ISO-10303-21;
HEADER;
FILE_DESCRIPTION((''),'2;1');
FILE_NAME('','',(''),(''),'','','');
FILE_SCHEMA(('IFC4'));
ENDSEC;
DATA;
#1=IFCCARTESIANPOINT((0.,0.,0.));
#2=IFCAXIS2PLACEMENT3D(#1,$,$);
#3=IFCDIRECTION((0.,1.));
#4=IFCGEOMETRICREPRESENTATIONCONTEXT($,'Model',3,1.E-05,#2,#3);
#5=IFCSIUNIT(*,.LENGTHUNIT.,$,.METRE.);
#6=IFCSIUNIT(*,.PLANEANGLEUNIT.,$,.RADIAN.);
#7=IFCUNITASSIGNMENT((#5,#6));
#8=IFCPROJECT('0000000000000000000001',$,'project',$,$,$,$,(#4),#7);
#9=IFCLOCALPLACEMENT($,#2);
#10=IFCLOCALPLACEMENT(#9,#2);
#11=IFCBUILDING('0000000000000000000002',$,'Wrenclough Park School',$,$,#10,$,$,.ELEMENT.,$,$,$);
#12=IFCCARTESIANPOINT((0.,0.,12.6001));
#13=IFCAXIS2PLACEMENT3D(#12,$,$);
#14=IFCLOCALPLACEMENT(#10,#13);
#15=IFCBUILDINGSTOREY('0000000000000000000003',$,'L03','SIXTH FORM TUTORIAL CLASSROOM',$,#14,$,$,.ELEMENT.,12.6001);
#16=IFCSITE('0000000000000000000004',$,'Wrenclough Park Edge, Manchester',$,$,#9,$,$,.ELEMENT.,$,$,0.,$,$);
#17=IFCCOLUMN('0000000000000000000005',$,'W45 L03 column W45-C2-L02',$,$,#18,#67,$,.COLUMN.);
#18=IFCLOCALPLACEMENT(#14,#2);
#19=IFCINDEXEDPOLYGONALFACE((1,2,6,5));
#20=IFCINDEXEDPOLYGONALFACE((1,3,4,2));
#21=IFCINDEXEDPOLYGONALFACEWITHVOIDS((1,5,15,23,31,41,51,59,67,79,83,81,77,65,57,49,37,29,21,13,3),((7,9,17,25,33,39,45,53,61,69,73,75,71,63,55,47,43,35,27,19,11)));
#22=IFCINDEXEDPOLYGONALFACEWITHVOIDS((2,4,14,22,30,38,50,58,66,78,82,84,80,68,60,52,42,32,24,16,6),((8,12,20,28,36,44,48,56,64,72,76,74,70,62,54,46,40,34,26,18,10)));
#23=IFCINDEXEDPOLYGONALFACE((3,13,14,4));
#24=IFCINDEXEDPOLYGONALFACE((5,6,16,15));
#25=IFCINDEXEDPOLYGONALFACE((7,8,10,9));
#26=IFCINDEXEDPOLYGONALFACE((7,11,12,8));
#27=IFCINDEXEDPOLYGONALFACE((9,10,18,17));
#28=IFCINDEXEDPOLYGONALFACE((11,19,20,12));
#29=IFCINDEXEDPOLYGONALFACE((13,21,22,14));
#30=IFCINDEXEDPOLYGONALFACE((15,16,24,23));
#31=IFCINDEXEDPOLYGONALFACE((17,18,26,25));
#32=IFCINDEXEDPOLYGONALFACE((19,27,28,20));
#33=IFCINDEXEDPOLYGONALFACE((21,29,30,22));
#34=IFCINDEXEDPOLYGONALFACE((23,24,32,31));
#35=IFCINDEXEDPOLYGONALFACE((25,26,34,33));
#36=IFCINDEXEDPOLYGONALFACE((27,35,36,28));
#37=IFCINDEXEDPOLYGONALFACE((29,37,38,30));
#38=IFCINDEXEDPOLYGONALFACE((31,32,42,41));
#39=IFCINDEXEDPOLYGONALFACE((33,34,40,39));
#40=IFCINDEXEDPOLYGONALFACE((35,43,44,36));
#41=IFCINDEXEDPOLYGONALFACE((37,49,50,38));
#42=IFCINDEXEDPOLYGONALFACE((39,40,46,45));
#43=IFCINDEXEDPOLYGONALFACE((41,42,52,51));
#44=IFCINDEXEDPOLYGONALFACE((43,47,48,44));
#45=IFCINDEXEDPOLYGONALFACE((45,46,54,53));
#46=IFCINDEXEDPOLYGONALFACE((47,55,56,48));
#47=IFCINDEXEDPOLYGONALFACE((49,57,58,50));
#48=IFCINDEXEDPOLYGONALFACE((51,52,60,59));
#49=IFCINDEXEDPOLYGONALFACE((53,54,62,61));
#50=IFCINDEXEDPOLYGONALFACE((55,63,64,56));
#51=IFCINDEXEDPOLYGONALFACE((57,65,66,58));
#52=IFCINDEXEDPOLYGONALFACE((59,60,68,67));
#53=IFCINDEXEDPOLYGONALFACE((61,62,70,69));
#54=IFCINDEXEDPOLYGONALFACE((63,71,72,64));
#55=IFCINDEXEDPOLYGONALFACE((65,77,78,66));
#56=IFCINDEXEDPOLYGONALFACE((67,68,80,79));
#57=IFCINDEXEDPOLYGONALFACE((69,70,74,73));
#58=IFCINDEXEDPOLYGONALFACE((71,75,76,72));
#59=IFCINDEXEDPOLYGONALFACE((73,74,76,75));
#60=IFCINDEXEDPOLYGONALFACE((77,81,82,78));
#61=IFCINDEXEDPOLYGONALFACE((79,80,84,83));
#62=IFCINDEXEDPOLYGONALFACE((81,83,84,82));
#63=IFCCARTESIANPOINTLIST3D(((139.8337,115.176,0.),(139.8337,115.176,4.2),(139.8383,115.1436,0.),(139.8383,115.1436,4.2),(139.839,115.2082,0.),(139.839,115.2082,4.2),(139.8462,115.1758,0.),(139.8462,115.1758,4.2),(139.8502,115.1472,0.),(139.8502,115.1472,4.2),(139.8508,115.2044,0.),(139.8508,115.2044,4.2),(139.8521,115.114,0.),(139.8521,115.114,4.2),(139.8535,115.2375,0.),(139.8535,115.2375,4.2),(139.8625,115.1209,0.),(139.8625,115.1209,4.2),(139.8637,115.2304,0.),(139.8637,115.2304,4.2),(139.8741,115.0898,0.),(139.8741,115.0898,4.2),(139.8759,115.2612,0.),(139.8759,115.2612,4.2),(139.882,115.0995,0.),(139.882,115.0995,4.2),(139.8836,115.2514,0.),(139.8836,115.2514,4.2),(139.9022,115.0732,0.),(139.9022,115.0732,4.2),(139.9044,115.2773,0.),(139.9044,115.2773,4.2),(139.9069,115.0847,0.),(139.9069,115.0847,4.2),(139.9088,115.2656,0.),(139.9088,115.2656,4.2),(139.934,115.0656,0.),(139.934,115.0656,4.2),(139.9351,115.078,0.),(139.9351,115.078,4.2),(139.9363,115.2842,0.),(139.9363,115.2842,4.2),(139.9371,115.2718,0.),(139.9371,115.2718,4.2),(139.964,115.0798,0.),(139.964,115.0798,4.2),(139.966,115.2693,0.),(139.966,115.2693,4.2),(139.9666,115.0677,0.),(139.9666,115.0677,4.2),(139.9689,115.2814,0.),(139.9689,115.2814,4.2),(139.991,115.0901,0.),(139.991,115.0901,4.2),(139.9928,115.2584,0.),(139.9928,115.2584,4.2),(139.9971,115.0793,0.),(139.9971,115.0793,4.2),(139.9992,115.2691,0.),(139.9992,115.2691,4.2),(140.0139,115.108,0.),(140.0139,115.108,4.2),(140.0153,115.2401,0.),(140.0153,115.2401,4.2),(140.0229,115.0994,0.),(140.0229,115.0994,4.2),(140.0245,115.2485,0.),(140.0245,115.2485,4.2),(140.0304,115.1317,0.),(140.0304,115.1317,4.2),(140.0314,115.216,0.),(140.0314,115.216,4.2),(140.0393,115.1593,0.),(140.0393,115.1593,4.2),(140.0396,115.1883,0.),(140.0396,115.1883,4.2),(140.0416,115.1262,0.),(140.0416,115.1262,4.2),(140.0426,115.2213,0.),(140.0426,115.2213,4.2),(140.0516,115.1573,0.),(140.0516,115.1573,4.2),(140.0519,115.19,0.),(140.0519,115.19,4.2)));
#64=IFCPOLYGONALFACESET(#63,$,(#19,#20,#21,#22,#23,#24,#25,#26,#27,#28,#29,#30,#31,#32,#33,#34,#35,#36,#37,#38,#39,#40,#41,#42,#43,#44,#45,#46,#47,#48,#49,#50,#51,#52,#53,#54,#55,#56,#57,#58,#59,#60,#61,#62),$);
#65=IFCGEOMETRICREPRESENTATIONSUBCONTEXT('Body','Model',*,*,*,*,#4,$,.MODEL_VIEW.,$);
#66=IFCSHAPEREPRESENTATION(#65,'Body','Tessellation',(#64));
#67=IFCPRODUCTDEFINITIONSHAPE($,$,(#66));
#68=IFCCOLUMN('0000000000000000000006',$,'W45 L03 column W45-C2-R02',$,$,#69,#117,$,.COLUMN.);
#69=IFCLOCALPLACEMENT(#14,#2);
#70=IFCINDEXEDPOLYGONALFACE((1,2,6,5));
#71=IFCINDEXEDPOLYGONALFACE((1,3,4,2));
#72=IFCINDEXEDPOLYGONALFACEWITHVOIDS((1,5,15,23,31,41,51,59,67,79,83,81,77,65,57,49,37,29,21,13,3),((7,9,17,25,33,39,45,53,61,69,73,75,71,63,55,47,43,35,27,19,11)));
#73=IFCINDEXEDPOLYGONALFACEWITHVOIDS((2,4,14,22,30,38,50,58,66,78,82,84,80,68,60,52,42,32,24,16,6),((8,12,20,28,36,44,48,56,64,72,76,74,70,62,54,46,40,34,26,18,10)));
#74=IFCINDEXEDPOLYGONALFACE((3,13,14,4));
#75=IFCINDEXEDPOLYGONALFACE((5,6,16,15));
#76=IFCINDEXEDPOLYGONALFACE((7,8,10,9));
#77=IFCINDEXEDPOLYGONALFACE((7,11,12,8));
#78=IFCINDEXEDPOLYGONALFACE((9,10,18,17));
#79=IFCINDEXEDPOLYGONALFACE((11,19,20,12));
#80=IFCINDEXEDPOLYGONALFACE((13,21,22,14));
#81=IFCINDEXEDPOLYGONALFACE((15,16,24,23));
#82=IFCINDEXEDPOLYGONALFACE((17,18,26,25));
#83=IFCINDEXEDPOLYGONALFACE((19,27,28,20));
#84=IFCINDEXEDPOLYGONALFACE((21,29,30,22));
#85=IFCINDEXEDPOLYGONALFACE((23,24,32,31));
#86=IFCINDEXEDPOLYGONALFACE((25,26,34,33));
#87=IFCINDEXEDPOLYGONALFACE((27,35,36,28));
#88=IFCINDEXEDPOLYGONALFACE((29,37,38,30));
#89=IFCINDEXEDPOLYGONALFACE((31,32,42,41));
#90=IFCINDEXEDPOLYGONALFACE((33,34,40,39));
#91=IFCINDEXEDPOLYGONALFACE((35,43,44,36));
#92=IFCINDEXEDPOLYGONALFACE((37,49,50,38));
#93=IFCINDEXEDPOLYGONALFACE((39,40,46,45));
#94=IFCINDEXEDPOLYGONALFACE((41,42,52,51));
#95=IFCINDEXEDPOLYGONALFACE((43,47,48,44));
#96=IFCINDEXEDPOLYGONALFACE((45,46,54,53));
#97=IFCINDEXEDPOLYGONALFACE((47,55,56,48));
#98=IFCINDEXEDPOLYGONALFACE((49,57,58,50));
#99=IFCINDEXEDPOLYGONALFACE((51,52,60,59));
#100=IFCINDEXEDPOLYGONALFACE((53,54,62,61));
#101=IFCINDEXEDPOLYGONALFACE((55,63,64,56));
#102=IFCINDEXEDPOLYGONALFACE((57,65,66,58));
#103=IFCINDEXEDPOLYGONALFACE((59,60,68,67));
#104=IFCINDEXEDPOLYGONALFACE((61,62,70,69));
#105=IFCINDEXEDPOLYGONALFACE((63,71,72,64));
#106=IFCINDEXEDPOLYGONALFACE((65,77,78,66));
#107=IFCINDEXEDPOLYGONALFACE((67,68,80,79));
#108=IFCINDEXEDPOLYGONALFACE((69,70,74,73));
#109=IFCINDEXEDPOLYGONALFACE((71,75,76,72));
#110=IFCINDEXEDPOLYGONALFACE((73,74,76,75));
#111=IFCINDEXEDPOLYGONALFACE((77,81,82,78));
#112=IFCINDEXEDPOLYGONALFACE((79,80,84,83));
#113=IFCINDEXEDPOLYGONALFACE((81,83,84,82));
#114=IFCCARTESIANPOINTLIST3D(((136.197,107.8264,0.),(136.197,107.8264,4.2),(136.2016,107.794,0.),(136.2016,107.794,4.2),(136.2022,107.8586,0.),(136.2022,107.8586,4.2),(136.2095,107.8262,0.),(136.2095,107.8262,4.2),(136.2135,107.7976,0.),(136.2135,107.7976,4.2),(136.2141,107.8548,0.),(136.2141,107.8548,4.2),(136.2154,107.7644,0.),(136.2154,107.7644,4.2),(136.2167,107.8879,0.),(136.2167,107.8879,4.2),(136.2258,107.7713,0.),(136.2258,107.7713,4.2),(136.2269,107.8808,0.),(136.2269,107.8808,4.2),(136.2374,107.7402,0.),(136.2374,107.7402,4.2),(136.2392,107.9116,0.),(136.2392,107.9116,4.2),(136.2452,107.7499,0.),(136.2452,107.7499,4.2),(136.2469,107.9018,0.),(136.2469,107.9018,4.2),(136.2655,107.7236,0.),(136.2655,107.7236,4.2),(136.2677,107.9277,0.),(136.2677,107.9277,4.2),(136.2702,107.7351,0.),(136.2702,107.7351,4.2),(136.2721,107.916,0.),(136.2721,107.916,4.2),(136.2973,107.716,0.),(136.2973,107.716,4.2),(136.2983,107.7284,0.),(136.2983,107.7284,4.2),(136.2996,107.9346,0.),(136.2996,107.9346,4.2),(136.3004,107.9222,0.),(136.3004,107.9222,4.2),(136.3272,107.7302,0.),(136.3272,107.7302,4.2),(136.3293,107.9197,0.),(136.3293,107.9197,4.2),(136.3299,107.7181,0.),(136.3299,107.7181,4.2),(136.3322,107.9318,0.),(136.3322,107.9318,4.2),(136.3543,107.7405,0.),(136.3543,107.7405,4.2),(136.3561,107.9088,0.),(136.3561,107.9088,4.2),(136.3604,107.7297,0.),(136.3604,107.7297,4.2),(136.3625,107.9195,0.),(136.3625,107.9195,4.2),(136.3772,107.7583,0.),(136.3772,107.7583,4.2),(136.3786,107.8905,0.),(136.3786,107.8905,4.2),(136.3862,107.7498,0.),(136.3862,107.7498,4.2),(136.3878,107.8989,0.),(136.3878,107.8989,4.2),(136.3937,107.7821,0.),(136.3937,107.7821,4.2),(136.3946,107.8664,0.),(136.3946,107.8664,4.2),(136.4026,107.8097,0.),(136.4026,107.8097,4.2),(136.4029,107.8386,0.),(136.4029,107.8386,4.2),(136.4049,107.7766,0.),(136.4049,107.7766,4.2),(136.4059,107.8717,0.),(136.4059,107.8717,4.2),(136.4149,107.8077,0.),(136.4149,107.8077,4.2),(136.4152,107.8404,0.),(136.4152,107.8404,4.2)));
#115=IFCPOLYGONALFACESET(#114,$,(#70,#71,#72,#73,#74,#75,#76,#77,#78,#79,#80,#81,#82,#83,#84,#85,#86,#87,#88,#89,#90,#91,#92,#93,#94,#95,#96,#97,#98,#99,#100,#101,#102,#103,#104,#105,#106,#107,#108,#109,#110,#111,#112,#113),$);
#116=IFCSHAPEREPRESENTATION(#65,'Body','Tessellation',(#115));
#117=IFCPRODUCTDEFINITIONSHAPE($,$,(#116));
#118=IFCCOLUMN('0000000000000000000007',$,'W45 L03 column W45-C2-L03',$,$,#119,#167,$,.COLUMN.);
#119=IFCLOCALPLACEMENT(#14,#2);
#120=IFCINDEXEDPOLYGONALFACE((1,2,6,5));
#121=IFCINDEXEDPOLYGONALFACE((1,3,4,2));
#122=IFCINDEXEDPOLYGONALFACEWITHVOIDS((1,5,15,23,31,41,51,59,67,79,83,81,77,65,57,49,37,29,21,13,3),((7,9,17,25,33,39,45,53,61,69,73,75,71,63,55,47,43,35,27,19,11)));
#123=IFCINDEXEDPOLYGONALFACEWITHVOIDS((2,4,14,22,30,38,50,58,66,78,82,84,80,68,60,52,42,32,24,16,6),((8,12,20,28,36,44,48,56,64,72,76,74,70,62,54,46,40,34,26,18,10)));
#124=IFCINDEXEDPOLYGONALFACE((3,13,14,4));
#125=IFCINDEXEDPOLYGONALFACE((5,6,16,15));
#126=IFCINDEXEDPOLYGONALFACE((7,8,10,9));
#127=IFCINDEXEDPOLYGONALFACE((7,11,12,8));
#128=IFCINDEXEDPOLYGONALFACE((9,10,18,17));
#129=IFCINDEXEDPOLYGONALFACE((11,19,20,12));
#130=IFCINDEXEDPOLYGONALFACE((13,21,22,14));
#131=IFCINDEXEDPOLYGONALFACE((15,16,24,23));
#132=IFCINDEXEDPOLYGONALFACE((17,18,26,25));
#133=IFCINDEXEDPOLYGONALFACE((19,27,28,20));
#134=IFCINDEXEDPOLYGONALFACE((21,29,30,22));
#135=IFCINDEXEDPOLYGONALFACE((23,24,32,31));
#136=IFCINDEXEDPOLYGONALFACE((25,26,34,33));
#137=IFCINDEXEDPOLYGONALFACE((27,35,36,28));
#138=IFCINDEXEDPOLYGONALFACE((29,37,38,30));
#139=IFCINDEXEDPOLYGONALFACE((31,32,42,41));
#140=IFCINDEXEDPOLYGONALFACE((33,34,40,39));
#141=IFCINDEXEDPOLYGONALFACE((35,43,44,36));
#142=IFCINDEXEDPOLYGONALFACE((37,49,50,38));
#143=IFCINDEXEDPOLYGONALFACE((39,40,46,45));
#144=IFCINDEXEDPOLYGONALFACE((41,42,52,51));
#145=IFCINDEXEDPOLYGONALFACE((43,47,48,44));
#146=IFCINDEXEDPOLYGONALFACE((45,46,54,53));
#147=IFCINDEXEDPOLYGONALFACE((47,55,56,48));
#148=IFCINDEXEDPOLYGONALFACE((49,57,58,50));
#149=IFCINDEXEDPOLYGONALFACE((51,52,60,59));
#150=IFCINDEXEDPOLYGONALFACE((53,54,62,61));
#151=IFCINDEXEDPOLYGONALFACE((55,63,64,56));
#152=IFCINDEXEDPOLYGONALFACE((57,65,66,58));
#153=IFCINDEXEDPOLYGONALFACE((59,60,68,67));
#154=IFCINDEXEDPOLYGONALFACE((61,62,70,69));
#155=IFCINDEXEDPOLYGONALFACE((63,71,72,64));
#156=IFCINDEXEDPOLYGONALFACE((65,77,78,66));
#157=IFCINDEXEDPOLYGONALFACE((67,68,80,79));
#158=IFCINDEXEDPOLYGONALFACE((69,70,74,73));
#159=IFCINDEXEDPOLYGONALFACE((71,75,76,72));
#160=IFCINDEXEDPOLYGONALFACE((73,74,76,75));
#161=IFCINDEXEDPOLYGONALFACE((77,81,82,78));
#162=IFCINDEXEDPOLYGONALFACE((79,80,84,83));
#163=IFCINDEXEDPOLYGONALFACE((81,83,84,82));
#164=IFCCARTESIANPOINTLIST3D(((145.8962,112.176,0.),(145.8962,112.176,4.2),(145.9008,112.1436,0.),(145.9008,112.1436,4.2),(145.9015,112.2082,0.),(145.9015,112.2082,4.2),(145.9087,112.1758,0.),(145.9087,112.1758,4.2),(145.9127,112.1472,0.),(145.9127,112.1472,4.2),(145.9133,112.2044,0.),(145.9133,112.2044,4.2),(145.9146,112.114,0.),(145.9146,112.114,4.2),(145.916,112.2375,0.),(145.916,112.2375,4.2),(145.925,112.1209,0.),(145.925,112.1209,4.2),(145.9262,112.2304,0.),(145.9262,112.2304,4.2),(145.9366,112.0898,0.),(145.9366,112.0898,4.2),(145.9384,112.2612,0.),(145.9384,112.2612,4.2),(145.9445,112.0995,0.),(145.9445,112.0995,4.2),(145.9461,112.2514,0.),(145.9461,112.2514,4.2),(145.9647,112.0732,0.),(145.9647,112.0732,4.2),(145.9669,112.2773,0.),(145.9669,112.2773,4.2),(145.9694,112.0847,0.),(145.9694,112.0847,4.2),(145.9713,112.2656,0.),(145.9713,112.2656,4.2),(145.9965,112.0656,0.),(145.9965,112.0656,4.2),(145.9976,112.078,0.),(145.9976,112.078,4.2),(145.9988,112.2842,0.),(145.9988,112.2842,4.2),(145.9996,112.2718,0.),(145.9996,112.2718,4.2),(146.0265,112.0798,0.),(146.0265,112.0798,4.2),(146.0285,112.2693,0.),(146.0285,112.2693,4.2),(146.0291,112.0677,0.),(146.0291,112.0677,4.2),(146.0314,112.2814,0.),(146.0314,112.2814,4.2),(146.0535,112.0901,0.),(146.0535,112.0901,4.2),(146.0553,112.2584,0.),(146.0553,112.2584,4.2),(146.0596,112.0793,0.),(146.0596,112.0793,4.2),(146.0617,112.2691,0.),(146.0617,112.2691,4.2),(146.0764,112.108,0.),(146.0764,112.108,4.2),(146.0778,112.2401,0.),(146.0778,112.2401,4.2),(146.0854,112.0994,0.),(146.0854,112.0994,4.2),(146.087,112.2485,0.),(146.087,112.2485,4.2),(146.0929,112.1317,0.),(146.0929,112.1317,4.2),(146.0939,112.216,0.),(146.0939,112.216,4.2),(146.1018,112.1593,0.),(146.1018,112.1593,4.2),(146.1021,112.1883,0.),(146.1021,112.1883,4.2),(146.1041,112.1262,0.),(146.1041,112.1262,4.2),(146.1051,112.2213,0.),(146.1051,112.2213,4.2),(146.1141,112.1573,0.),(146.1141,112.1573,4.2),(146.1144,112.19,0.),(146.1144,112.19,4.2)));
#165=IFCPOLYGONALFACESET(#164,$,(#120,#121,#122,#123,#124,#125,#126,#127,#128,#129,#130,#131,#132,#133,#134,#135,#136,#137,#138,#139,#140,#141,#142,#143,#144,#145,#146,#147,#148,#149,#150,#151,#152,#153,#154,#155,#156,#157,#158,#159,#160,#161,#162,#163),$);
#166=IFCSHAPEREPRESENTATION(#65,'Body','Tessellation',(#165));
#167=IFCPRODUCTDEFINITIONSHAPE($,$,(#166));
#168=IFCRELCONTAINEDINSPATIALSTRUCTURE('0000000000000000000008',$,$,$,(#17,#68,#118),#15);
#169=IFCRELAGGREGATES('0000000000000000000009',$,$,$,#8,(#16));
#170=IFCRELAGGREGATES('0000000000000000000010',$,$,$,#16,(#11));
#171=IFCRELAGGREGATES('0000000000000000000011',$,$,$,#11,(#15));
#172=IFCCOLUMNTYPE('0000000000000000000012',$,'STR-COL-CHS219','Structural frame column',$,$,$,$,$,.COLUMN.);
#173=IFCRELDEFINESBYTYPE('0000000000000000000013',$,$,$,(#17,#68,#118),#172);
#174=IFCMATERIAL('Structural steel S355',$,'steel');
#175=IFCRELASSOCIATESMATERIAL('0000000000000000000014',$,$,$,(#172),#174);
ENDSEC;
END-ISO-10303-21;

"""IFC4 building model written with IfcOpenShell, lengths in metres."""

from ifc_helpers import new_model, si_unit, direction, frame, origin, origin_2d, place, context, subcontext, project, spatial, hollow_circle, extrude, material, material_profile, profile_set, type_object, element, save


model = new_model("IFC4")

# Units and contexts
model_context = context("Model", 3, precision=1e-05, world=origin(), true_north=direction((0.0, 1.0)))
body_context = subcontext(model_context, "Body", "Model", "MODEL_VIEW")
ifc_project = project(units=[si_unit("LENGTHUNIT", "METRE"), si_unit("PLANEANGLEUNIT", "RADIAN")], contexts=[model_context])

# Site, building, storey
site_placement = place(None, origin())
site = spatial("IfcSite", under=ifc_project, at=site_placement, Name="Wrenclough Park Edge, Manchester", CompositionType="ELEMENT", RefElevation=0.0)
building_placement = place(site_placement, origin())
building = spatial("IfcBuilding", under=site, at=building_placement, Name="Wrenclough Park School", CompositionType="ELEMENT")
storey_placement = place(building_placement, frame((0.0, 0.0, 12.6001)))
storey = spatial("IfcBuildingStorey", under=building, at=storey_placement, Name="L03", Description="SIXTH FORM TUTORIAL CLASSROOM", CompositionType="ELEMENT", Elevation=12.6001)

# Columns
ifc_material_1 = material(Name="Structural steel S355", Category="steel")
ifc_material_profile_1 = material_profile(ifc_material_1, hollow_circle(Radius=0.1096, WallThickness=0.0125, at=origin_2d()), Name="CHS 219.1x12.5")
ifc_profile_set_1 = profile_set([ifc_material_profile_1], Name="Structural steel S355")
column_type = type_object("IfcColumnType", Name="STR-COL-CHS219", Description="Structural frame column", PredefinedType="COLUMN", material=ifc_profile_set_1)
for number, where, z_axis, x_axis, name in (
    (1, (139.9434, 115.1748, 0.0), (0.0, 0.0, 1.0), (0.896254, -0.443541, 0.0), "W45 L03 column W45-C2-L02"),
    (2, (136.3066, 107.8252, 0.0), (0.0, 0.0, 1.0), (0.896254, -0.443541, 0.0), "W45 L03 column W45-C2-R02"),
    (3, (146.0059, 112.1748, 0.0), (0.0, 0.0, 1.0), (0.896254, -0.443541, 0.0), "W45 L03 column W45-C2-L03"),
):
    element("IfcColumn", number, at=place(storey_placement, frame(where, z_axis=z_axis, x_axis=x_axis)), inside=storey, type_object=column_type, Name=name, PredefinedType="COLUMN", context=body_context, shape_type="SweptSolid", body=[
        extrude(hollow_circle(Radius=0.1096, WallThickness=0.0125, at=origin_2d()), origin(), (0.0, 0.0, 1.0), 4.2),
    ])

save(model, "model.ifc")
